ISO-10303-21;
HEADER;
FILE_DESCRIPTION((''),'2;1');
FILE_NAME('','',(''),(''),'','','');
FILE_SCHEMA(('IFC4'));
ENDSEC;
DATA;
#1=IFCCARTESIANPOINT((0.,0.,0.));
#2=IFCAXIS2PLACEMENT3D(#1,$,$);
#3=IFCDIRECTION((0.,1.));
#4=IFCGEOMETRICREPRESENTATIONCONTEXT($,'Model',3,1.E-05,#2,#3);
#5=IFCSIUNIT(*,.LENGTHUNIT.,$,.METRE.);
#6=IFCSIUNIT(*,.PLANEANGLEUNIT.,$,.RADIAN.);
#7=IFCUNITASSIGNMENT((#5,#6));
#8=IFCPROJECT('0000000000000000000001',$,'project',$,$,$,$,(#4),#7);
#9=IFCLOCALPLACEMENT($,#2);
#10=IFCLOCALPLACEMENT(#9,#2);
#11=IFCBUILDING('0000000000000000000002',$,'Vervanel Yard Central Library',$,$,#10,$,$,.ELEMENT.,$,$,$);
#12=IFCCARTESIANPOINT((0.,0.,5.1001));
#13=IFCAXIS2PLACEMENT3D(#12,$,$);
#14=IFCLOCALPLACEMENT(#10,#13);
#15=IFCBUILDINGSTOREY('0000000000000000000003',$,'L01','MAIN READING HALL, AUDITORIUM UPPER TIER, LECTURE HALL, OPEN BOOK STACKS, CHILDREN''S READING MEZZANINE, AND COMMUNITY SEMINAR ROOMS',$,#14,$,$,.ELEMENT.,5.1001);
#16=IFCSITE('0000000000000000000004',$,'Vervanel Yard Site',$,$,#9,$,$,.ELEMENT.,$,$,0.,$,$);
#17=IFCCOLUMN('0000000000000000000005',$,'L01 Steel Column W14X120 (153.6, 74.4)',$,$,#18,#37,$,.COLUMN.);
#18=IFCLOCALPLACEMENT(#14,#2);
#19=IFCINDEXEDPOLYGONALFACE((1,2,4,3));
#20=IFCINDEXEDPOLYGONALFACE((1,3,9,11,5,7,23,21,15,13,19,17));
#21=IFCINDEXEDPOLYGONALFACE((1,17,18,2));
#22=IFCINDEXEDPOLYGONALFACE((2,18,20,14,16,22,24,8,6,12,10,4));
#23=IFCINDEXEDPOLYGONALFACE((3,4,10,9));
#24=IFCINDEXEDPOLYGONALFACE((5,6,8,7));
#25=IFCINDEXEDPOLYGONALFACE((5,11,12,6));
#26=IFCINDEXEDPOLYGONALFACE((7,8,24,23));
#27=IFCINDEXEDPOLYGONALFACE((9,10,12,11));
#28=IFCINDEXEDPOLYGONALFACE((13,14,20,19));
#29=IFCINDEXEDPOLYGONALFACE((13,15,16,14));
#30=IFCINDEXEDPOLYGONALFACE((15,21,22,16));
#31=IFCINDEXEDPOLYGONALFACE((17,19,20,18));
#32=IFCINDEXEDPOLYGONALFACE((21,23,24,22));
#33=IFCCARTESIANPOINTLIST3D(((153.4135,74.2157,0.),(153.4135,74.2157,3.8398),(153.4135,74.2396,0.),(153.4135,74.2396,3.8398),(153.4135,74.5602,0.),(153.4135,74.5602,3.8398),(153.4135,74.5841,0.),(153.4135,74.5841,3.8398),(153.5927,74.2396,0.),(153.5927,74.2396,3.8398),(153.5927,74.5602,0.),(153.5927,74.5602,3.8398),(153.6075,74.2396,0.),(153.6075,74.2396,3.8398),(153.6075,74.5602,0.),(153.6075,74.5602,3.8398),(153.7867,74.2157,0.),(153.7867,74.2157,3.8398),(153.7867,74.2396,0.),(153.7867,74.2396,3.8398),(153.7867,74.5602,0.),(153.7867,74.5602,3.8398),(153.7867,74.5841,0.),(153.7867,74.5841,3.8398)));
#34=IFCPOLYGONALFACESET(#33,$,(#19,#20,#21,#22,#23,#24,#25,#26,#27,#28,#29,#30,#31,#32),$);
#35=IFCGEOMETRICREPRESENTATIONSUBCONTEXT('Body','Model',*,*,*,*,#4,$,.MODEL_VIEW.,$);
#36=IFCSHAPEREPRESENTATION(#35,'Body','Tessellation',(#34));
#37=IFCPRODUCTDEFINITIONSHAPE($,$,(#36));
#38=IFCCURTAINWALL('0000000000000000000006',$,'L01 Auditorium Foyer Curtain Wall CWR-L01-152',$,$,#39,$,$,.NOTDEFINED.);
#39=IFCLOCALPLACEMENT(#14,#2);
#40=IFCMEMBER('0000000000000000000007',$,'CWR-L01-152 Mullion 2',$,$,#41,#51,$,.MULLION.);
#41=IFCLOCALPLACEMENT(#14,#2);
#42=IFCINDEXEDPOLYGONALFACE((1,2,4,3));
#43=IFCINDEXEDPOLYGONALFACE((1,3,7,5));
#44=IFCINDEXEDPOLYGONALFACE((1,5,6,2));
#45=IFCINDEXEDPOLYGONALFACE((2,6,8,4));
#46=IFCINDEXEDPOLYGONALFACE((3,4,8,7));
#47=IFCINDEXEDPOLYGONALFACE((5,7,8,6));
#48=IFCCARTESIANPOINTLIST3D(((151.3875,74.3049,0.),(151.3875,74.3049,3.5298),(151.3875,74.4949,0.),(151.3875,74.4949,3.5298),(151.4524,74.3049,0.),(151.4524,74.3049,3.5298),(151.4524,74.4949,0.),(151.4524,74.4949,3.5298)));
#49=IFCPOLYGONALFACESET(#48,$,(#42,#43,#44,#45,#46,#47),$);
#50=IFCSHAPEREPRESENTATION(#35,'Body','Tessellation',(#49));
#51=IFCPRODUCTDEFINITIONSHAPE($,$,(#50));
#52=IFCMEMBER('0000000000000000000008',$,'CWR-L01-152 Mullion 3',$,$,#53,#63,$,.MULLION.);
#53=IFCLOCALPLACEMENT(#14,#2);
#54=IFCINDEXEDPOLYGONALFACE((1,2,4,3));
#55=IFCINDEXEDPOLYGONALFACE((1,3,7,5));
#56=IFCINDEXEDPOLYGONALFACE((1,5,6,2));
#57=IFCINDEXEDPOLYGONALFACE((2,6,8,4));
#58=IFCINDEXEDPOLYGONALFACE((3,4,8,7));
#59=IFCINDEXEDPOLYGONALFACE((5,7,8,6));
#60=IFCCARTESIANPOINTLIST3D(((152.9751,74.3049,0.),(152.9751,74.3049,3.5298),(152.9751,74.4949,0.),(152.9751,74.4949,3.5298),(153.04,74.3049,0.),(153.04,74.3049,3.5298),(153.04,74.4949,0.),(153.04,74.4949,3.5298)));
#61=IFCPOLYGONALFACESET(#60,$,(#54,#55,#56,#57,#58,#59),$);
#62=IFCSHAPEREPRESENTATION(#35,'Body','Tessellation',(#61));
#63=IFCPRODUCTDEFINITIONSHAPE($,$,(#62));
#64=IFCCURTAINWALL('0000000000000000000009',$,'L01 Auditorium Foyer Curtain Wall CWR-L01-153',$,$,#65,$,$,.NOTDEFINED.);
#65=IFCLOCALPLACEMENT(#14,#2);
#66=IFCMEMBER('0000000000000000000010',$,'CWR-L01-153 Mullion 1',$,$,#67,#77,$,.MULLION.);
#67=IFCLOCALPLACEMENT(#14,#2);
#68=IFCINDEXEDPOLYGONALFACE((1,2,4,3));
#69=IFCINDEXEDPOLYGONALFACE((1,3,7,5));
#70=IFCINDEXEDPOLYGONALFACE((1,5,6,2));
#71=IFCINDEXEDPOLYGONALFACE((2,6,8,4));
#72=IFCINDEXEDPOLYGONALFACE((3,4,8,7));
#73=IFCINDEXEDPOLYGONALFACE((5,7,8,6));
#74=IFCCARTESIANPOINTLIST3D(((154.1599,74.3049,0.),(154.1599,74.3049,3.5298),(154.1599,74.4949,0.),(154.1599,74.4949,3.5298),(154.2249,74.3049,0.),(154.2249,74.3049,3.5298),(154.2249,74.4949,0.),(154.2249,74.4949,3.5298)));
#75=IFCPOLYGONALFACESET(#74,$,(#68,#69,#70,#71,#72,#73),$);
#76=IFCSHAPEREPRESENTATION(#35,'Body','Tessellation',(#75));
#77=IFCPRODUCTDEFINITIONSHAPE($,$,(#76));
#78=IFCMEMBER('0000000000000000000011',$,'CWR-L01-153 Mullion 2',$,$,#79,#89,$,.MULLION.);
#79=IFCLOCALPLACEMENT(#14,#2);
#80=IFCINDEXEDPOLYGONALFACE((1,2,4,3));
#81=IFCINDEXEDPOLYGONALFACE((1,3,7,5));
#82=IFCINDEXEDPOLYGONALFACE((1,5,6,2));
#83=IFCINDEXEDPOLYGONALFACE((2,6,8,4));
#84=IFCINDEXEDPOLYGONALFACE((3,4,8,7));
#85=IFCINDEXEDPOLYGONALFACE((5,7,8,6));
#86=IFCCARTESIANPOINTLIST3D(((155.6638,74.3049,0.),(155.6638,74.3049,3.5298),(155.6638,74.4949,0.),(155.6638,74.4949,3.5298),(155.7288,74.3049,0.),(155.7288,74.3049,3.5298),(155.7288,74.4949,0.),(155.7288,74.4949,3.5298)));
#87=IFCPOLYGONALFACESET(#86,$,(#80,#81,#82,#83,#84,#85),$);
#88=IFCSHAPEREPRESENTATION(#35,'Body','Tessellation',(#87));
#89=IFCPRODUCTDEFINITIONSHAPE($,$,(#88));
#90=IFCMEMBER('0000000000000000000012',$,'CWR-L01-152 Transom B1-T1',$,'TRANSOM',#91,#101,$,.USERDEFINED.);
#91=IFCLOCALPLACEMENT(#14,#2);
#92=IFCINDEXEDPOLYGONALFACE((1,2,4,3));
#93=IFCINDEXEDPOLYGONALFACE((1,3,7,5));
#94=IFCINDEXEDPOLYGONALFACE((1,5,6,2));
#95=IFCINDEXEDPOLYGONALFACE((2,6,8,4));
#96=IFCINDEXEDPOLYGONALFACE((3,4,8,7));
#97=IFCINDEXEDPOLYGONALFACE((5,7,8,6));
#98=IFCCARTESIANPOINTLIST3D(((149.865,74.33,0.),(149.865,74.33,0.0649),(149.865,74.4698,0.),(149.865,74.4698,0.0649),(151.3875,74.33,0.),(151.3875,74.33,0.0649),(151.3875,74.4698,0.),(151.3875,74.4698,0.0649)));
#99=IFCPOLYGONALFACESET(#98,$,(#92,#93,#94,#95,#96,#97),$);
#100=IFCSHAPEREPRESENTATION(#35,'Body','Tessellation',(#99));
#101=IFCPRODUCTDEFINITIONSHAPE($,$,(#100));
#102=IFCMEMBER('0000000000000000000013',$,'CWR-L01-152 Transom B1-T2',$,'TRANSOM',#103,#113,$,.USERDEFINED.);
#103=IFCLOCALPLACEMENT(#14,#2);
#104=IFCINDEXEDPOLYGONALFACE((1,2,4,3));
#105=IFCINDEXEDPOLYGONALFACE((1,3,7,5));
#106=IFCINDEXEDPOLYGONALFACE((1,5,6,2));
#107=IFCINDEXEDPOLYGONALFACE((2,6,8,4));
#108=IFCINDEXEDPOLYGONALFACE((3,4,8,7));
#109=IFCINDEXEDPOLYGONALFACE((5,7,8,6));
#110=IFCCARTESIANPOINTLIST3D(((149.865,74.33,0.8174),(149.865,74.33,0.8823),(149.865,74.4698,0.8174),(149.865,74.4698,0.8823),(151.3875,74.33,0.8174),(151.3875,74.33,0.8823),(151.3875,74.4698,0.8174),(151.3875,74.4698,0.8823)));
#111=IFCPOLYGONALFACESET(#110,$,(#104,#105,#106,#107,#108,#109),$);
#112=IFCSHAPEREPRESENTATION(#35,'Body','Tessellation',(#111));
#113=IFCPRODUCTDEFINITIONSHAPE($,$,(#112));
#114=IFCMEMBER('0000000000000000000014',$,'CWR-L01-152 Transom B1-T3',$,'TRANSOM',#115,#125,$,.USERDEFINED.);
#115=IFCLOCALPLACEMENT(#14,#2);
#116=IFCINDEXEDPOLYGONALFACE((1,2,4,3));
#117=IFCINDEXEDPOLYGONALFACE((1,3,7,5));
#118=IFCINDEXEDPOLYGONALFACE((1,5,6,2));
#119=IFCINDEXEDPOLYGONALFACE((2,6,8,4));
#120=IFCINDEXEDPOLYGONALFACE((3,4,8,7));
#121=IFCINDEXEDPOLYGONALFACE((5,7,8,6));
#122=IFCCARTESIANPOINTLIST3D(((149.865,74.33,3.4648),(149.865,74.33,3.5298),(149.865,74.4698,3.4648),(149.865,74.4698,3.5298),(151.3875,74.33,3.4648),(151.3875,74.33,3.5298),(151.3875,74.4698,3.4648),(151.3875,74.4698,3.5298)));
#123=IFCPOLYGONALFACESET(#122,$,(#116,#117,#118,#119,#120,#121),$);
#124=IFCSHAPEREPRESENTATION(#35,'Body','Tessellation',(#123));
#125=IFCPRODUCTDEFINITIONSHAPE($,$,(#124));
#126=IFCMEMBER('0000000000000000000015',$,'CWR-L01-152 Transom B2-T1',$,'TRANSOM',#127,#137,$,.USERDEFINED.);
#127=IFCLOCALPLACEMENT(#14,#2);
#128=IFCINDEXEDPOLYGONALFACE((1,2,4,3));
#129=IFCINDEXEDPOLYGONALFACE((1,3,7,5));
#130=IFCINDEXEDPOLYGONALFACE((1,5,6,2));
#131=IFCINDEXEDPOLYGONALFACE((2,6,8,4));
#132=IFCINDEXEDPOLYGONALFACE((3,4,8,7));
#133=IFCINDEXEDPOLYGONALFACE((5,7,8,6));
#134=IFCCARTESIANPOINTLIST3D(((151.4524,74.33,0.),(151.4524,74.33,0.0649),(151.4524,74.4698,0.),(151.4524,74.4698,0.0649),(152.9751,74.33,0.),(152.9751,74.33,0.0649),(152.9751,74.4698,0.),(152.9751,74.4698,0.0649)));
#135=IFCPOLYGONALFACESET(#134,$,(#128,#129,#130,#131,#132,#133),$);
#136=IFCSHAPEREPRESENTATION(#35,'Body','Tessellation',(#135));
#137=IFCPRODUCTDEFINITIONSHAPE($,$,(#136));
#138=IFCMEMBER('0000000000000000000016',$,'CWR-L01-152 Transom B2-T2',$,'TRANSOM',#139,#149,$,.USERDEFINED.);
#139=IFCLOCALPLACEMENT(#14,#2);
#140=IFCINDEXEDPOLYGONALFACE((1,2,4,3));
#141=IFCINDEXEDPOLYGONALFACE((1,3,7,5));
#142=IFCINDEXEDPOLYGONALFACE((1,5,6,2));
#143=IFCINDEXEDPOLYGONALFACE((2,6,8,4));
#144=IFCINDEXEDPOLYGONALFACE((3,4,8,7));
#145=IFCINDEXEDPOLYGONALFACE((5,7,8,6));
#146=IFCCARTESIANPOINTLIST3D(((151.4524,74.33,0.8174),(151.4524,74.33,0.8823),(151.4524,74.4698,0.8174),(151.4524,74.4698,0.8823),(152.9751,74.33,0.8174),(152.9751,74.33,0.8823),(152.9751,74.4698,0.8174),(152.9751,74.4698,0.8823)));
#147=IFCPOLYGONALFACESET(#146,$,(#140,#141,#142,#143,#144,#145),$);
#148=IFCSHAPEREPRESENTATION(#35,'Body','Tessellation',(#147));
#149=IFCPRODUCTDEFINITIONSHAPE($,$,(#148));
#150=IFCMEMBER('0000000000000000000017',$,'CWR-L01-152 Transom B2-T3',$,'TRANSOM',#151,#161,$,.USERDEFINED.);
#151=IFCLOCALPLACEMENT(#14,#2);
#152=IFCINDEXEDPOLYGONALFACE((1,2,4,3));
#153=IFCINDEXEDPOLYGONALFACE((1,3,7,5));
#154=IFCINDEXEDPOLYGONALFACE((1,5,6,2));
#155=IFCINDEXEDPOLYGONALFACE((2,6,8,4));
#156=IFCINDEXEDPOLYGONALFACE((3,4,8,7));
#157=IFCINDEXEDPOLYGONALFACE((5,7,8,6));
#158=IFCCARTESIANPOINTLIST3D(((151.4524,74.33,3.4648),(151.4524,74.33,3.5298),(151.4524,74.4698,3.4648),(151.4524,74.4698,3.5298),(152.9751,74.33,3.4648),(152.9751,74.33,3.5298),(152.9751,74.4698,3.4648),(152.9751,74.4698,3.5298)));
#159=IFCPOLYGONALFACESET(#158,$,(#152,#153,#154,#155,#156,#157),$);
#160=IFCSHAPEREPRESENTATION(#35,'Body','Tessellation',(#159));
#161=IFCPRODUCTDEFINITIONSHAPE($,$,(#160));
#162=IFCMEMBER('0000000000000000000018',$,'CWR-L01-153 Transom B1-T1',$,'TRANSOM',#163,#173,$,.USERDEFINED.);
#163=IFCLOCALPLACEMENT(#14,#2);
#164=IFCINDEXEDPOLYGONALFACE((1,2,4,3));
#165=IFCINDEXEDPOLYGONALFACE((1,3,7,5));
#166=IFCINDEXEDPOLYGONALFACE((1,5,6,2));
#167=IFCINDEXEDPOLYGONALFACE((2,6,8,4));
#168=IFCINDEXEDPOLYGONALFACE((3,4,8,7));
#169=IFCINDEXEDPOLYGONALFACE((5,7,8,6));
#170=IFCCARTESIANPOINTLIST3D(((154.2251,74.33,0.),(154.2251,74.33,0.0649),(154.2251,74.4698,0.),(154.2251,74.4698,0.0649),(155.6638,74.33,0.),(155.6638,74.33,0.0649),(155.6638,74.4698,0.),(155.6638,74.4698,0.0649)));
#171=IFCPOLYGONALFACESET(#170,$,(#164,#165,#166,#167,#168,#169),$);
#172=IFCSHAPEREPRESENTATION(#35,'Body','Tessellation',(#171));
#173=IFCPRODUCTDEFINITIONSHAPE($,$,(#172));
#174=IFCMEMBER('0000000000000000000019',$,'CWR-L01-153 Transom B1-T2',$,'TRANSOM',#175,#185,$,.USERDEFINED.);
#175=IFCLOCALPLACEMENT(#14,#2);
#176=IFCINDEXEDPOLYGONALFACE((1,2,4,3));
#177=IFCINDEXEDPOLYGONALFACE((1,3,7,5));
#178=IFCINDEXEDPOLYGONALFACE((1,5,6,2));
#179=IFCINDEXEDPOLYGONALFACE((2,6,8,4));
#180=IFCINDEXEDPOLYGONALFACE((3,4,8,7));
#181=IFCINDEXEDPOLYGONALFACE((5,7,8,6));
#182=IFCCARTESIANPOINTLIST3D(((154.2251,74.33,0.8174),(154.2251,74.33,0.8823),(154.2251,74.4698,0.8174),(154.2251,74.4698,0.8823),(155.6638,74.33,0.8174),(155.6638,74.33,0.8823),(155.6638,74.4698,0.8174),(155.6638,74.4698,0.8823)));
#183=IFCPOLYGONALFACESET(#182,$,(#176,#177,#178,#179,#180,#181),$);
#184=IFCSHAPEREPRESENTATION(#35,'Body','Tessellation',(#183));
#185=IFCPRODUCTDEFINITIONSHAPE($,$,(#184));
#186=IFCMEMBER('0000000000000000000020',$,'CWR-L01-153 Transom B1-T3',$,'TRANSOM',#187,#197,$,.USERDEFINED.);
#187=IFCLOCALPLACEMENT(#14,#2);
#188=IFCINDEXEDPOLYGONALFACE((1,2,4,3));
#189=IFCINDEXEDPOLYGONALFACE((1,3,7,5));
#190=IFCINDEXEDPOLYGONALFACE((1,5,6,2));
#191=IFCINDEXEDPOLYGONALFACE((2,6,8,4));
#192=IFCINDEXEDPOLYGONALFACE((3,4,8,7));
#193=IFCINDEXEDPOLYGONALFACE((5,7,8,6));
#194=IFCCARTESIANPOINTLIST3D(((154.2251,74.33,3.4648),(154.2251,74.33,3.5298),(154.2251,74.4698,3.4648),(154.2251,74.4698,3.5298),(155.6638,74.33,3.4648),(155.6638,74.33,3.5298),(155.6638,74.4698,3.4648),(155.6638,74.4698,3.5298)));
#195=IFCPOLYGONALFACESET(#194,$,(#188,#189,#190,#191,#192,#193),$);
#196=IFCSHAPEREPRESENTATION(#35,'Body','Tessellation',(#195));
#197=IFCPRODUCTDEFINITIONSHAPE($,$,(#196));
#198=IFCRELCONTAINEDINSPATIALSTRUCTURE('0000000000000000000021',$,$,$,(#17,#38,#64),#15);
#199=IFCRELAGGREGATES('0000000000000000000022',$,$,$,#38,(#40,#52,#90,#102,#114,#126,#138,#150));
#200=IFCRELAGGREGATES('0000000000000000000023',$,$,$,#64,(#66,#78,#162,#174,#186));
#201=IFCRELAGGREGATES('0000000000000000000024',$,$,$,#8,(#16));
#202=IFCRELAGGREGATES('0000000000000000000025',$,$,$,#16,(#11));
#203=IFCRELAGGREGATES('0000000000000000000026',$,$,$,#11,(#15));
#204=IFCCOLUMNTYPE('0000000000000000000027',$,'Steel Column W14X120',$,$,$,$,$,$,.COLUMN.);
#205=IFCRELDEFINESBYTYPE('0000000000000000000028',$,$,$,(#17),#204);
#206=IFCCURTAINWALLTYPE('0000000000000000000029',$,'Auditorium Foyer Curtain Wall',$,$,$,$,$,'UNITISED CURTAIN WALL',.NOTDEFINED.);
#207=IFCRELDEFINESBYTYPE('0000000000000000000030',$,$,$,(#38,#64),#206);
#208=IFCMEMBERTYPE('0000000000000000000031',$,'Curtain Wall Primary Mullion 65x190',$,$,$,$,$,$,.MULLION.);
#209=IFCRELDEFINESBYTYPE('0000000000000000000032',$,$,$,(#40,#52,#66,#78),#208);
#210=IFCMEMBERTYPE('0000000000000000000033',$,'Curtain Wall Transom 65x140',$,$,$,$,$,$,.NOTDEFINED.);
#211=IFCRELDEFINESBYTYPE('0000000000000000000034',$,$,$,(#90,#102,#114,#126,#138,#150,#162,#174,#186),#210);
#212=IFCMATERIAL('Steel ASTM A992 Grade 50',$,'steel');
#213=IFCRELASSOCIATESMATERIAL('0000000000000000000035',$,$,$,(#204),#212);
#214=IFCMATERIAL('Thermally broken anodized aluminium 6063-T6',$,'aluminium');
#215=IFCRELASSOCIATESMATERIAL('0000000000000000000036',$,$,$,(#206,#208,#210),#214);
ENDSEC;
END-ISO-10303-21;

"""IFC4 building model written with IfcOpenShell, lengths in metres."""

from ifc_helpers import new_model, si_unit, direction, frame, origin, origin_2d, place, context, subcontext, project, spatial, rectangle, i_section, extrude, material, material_profile, profile_set, type_object, element, aggregate, save


model = new_model("IFC4")

# Units and contexts
model_context = context("Model", 3, precision=1e-05, world=origin(), true_north=direction((0.0, 1.0)))
body_context = subcontext(model_context, "Body", "Model", "MODEL_VIEW")
ifc_project = project(units=[si_unit("LENGTHUNIT", "METRE"), si_unit("PLANEANGLEUNIT", "RADIAN")], contexts=[model_context])

# Site, building, storey
site_placement = place(None, origin())
site = spatial("IfcSite", under=ifc_project, at=site_placement, Name="Vervanel Yard Site", CompositionType="ELEMENT", RefElevation=0.0)
building_placement = place(site_placement, origin())
building = spatial("IfcBuilding", under=site, at=building_placement, Name="Vervanel Yard Central Library", CompositionType="ELEMENT")
storey_placement = place(building_placement, frame((0.0, 0.0, 5.1001)))
storey = spatial("IfcBuildingStorey", under=building, at=storey_placement, Name="L01", Description="MAIN READING HALL, AUDITORIUM UPPER TIER, LECTURE HALL, OPEN BOOK STACKS, CHILDREN'S READING MEZZANINE, AND COMMUNITY SEMINAR ROOMS", CompositionType="ELEMENT", Elevation=5.1001)

# Column
ifc_material_1 = material(Name="Steel ASTM A992 Grade 50", Category="steel")
ifc_material_profile_1 = material_profile(ifc_material_1, i_section(OverallWidth=0.3733, OverallDepth=0.3684, WebThickness=0.0149, FlangeThickness=0.0239, at=origin_2d()), Name="W14X120", Category="steel")
ifc_profile_set_1 = profile_set([ifc_material_profile_1], Name="Steel ASTM A992 Grade 50")
column_type = type_object("IfcColumnType", Name="Steel Column W14X120", PredefinedType="COLUMN", material=ifc_profile_set_1)
column_placement = place(storey_placement, frame((153.6001, 74.3999, 0.0), z_axis=(0.0, 0.0, 1.0), x_axis=(1.0, 0.0, 0.0)))
element("IfcColumn", 1, at=column_placement, inside=storey, type_object=column_type, Name="L01 Steel Column W14X120 (153.6, 74.4)", PredefinedType="COLUMN", context=body_context, shape_type="SweptSolid", body=[
    extrude(i_section(OverallWidth=0.3733, OverallDepth=0.3684, WebThickness=0.0149, FlangeThickness=0.0239, at=origin_2d()), origin(), (0.0, 0.0, 1.0), 3.8398),
])

# Curtain walls, members
ifc_material_2 = material(Name="Thermally broken anodized aluminium 6063-T6", Category="aluminium")
curtain_wall_type = type_object("IfcCurtainWallType", Name="Auditorium Foyer Curtain Wall", ElementType="UNITISED CURTAIN WALL", PredefinedType="NOTDEFINED", material=ifc_material_2)
curtain_wall_1_placement = place(storey_placement, origin())
curtain_wall_1 = element("IfcCurtainWall", 2, at=curtain_wall_1_placement, inside=storey, type_object=curtain_wall_type, Name="L01 Auditorium Foyer Curtain Wall CWR-L01-152", PredefinedType="NOTDEFINED")
ifc_material_profile_2 = material_profile(ifc_material_2, rectangle(XDim=0.0649, YDim=0.1899, at=origin_2d()), Name="ALU 65x190", Category="aluminium")
ifc_profile_set_2 = profile_set([ifc_material_profile_2], Name="Thermally broken anodized aluminium 6063-T6")
member_type_1 = type_object("IfcMemberType", Name="Curtain Wall Primary Mullion 65x190", PredefinedType="MULLION", material=ifc_profile_set_2)
member_1_placement = place(storey_placement, frame((151.4199, 74.3999, 0.0), z_axis=(0.0, 0.0, 1.0), x_axis=(1.0, 0.0, 0.0)))
member_1 = element("IfcMember", 3, at=member_1_placement, type_object=member_type_1, Name="CWR-L01-152 Mullion 2", PredefinedType="MULLION", context=body_context, shape_type="SweptSolid", body=[
    extrude(rectangle(XDim=0.0649, YDim=0.1899, at=origin_2d()), origin(), (0.0, 0.0, 1.0), 3.5298),
])
member_2_placement = place(storey_placement, frame((153.0076, 74.3999, 0.0), z_axis=(0.0, 0.0, 1.0), x_axis=(1.0, 0.0, 0.0)))
member_2 = element("IfcMember", 4, at=member_2_placement, type_object=member_type_1, Name="CWR-L01-152 Mullion 3", PredefinedType="MULLION", context=body_context, shape_type="SweptSolid", body=[
    extrude(rectangle(XDim=0.0649, YDim=0.1899, at=origin_2d()), origin(), (0.0, 0.0, 1.0), 3.5298),
])
curtain_wall_2_placement = place(storey_placement, origin())
curtain_wall_2 = element("IfcCurtainWall", 5, at=curtain_wall_2_placement, inside=storey, type_object=curtain_wall_type, Name="L01 Auditorium Foyer Curtain Wall CWR-L01-153", PredefinedType="NOTDEFINED")
member_3_placement = place(storey_placement, frame((154.1924, 74.3999, 0.0), z_axis=(0.0, 0.0, 1.0), x_axis=(1.0, 0.0, 0.0)))
member_3 = element("IfcMember", 6, at=member_3_placement, type_object=member_type_1, Name="CWR-L01-153 Mullion 1", PredefinedType="MULLION", context=body_context, shape_type="SweptSolid", body=[
    extrude(rectangle(XDim=0.0649, YDim=0.1899, at=origin_2d()), origin(), (0.0, 0.0, 1.0), 3.5298),
])
member_4_placement = place(storey_placement, frame((155.6963, 74.3999, 0.0), z_axis=(0.0, 0.0, 1.0), x_axis=(1.0, 0.0, 0.0)))
member_4 = element("IfcMember", 7, at=member_4_placement, type_object=member_type_1, Name="CWR-L01-153 Mullion 2", PredefinedType="MULLION", context=body_context, shape_type="SweptSolid", body=[
    extrude(rectangle(XDim=0.0649, YDim=0.1899, at=origin_2d()), origin(), (0.0, 0.0, 1.0), 3.5298),
])

# Members
ifc_material_profile_3 = material_profile(ifc_material_2, rectangle(XDim=0.0649, YDim=0.1399, at=origin_2d()), Name="ALU 65x140", Category="aluminium")
ifc_profile_set_3 = profile_set([ifc_material_profile_3], Name="Thermally broken anodized aluminium 6063-T6")
member_type_2 = type_object("IfcMemberType", Name="Curtain Wall Transom 65x140", PredefinedType="NOTDEFINED", material=ifc_profile_set_3)
member_5_placement = place(storey_placement, frame((149.865, 74.3999, 0.0325), z_axis=(1.0, 0.0, 0.0), x_axis=(0.0, 0.0, 1.0)))
member_5 = element("IfcMember", 8, at=member_5_placement, type_object=member_type_2, Name="CWR-L01-152 Transom B1-T1", ObjectType="TRANSOM", PredefinedType="USERDEFINED", context=body_context, shape_type="SweptSolid", body=[
    extrude(rectangle(XDim=0.0649, YDim=0.1399, at=origin_2d()), origin(), (0.0, 0.0, 1.0), 1.5225),
])
member_6_placement = place(storey_placement, frame((149.865, 74.3999, 0.8499), z_axis=(1.0, 0.0, 0.0), x_axis=(0.0, 0.0, 1.0)))
member_6 = element("IfcMember", 9, at=member_6_placement, type_object=member_type_2, Name="CWR-L01-152 Transom B1-T2", ObjectType="TRANSOM", PredefinedType="USERDEFINED", context=body_context, shape_type="SweptSolid", body=[
    extrude(rectangle(XDim=0.0649, YDim=0.1399, at=origin_2d()), origin(), (0.0, 0.0, 1.0), 1.5225),
])
member_7_placement = place(storey_placement, frame((149.865, 74.3999, 3.4973), z_axis=(1.0, 0.0, 0.0), x_axis=(0.0, 0.0, 1.0)))
member_7 = element("IfcMember", 10, at=member_7_placement, type_object=member_type_2, Name="CWR-L01-152 Transom B1-T3", ObjectType="TRANSOM", PredefinedType="USERDEFINED", context=body_context, shape_type="SweptSolid", body=[
    extrude(rectangle(XDim=0.0649, YDim=0.1399, at=origin_2d()), origin(), (0.0, 0.0, 1.0), 1.5225),
])
member_8_placement = place(storey_placement, frame((151.4524, 74.3999, 0.0325), z_axis=(1.0, 0.0, 0.0), x_axis=(0.0, 0.0, 1.0)))
member_8 = element("IfcMember", 11, at=member_8_placement, type_object=member_type_2, Name="CWR-L01-152 Transom B2-T1", ObjectType="TRANSOM", PredefinedType="USERDEFINED", context=body_context, shape_type="SweptSolid", body=[
    extrude(rectangle(XDim=0.0649, YDim=0.1399, at=origin_2d()), origin(), (0.0, 0.0, 1.0), 1.5227),
])
member_9_placement = place(storey_placement, frame((151.4524, 74.3999, 0.8499), z_axis=(1.0, 0.0, 0.0), x_axis=(0.0, 0.0, 1.0)))
member_9 = element("IfcMember", 12, at=member_9_placement, type_object=member_type_2, Name="CWR-L01-152 Transom B2-T2", ObjectType="TRANSOM", PredefinedType="USERDEFINED", context=body_context, shape_type="SweptSolid", body=[
    extrude(rectangle(XDim=0.0649, YDim=0.1399, at=origin_2d()), origin(), (0.0, 0.0, 1.0), 1.5227),
])
member_10_placement = place(storey_placement, frame((151.4524, 74.3999, 3.4973), z_axis=(1.0, 0.0, 0.0), x_axis=(0.0, 0.0, 1.0)))
member_10 = element("IfcMember", 13, at=member_10_placement, type_object=member_type_2, Name="CWR-L01-152 Transom B2-T3", ObjectType="TRANSOM", PredefinedType="USERDEFINED", context=body_context, shape_type="SweptSolid", body=[
    extrude(rectangle(XDim=0.0649, YDim=0.1399, at=origin_2d()), origin(), (0.0, 0.0, 1.0), 1.5227),
])
member_11_placement = place(storey_placement, frame((154.2251, 74.3999, 0.0325), z_axis=(1.0, 0.0, 0.0), x_axis=(0.0, 0.0, 1.0)))
member_11 = element("IfcMember", 14, at=member_11_placement, type_object=member_type_2, Name="CWR-L01-153 Transom B1-T1", ObjectType="TRANSOM", PredefinedType="USERDEFINED", context=body_context, shape_type="SweptSolid", body=[
    extrude(rectangle(XDim=0.0649, YDim=0.1399, at=origin_2d()), origin(), (0.0, 0.0, 1.0), 1.4387),
])
member_12_placement = place(storey_placement, frame((154.2251, 74.3999, 0.8499), z_axis=(1.0, 0.0, 0.0), x_axis=(0.0, 0.0, 1.0)))
member_12 = element("IfcMember", 15, at=member_12_placement, type_object=member_type_2, Name="CWR-L01-153 Transom B1-T2", ObjectType="TRANSOM", PredefinedType="USERDEFINED", context=body_context, shape_type="SweptSolid", body=[
    extrude(rectangle(XDim=0.0649, YDim=0.1399, at=origin_2d()), origin(), (0.0, 0.0, 1.0), 1.4387),
])
member_13_placement = place(storey_placement, frame((154.2251, 74.3999, 3.4973), z_axis=(1.0, 0.0, 0.0), x_axis=(0.0, 0.0, 1.0)))
member_13 = element("IfcMember", 16, at=member_13_placement, type_object=member_type_2, Name="CWR-L01-153 Transom B1-T3", ObjectType="TRANSOM", PredefinedType="USERDEFINED", context=body_context, shape_type="SweptSolid", body=[
    extrude(rectangle(XDim=0.0649, YDim=0.1399, at=origin_2d()), origin(), (0.0, 0.0, 1.0), 1.4387),
])

aggregate(curtain_wall_1, [member_1, member_2, member_5, member_6, member_7, member_8, member_9, member_10])
aggregate(curtain_wall_2, [member_3, member_4, member_11, member_12, member_13])

save(model, "model.ifc")
